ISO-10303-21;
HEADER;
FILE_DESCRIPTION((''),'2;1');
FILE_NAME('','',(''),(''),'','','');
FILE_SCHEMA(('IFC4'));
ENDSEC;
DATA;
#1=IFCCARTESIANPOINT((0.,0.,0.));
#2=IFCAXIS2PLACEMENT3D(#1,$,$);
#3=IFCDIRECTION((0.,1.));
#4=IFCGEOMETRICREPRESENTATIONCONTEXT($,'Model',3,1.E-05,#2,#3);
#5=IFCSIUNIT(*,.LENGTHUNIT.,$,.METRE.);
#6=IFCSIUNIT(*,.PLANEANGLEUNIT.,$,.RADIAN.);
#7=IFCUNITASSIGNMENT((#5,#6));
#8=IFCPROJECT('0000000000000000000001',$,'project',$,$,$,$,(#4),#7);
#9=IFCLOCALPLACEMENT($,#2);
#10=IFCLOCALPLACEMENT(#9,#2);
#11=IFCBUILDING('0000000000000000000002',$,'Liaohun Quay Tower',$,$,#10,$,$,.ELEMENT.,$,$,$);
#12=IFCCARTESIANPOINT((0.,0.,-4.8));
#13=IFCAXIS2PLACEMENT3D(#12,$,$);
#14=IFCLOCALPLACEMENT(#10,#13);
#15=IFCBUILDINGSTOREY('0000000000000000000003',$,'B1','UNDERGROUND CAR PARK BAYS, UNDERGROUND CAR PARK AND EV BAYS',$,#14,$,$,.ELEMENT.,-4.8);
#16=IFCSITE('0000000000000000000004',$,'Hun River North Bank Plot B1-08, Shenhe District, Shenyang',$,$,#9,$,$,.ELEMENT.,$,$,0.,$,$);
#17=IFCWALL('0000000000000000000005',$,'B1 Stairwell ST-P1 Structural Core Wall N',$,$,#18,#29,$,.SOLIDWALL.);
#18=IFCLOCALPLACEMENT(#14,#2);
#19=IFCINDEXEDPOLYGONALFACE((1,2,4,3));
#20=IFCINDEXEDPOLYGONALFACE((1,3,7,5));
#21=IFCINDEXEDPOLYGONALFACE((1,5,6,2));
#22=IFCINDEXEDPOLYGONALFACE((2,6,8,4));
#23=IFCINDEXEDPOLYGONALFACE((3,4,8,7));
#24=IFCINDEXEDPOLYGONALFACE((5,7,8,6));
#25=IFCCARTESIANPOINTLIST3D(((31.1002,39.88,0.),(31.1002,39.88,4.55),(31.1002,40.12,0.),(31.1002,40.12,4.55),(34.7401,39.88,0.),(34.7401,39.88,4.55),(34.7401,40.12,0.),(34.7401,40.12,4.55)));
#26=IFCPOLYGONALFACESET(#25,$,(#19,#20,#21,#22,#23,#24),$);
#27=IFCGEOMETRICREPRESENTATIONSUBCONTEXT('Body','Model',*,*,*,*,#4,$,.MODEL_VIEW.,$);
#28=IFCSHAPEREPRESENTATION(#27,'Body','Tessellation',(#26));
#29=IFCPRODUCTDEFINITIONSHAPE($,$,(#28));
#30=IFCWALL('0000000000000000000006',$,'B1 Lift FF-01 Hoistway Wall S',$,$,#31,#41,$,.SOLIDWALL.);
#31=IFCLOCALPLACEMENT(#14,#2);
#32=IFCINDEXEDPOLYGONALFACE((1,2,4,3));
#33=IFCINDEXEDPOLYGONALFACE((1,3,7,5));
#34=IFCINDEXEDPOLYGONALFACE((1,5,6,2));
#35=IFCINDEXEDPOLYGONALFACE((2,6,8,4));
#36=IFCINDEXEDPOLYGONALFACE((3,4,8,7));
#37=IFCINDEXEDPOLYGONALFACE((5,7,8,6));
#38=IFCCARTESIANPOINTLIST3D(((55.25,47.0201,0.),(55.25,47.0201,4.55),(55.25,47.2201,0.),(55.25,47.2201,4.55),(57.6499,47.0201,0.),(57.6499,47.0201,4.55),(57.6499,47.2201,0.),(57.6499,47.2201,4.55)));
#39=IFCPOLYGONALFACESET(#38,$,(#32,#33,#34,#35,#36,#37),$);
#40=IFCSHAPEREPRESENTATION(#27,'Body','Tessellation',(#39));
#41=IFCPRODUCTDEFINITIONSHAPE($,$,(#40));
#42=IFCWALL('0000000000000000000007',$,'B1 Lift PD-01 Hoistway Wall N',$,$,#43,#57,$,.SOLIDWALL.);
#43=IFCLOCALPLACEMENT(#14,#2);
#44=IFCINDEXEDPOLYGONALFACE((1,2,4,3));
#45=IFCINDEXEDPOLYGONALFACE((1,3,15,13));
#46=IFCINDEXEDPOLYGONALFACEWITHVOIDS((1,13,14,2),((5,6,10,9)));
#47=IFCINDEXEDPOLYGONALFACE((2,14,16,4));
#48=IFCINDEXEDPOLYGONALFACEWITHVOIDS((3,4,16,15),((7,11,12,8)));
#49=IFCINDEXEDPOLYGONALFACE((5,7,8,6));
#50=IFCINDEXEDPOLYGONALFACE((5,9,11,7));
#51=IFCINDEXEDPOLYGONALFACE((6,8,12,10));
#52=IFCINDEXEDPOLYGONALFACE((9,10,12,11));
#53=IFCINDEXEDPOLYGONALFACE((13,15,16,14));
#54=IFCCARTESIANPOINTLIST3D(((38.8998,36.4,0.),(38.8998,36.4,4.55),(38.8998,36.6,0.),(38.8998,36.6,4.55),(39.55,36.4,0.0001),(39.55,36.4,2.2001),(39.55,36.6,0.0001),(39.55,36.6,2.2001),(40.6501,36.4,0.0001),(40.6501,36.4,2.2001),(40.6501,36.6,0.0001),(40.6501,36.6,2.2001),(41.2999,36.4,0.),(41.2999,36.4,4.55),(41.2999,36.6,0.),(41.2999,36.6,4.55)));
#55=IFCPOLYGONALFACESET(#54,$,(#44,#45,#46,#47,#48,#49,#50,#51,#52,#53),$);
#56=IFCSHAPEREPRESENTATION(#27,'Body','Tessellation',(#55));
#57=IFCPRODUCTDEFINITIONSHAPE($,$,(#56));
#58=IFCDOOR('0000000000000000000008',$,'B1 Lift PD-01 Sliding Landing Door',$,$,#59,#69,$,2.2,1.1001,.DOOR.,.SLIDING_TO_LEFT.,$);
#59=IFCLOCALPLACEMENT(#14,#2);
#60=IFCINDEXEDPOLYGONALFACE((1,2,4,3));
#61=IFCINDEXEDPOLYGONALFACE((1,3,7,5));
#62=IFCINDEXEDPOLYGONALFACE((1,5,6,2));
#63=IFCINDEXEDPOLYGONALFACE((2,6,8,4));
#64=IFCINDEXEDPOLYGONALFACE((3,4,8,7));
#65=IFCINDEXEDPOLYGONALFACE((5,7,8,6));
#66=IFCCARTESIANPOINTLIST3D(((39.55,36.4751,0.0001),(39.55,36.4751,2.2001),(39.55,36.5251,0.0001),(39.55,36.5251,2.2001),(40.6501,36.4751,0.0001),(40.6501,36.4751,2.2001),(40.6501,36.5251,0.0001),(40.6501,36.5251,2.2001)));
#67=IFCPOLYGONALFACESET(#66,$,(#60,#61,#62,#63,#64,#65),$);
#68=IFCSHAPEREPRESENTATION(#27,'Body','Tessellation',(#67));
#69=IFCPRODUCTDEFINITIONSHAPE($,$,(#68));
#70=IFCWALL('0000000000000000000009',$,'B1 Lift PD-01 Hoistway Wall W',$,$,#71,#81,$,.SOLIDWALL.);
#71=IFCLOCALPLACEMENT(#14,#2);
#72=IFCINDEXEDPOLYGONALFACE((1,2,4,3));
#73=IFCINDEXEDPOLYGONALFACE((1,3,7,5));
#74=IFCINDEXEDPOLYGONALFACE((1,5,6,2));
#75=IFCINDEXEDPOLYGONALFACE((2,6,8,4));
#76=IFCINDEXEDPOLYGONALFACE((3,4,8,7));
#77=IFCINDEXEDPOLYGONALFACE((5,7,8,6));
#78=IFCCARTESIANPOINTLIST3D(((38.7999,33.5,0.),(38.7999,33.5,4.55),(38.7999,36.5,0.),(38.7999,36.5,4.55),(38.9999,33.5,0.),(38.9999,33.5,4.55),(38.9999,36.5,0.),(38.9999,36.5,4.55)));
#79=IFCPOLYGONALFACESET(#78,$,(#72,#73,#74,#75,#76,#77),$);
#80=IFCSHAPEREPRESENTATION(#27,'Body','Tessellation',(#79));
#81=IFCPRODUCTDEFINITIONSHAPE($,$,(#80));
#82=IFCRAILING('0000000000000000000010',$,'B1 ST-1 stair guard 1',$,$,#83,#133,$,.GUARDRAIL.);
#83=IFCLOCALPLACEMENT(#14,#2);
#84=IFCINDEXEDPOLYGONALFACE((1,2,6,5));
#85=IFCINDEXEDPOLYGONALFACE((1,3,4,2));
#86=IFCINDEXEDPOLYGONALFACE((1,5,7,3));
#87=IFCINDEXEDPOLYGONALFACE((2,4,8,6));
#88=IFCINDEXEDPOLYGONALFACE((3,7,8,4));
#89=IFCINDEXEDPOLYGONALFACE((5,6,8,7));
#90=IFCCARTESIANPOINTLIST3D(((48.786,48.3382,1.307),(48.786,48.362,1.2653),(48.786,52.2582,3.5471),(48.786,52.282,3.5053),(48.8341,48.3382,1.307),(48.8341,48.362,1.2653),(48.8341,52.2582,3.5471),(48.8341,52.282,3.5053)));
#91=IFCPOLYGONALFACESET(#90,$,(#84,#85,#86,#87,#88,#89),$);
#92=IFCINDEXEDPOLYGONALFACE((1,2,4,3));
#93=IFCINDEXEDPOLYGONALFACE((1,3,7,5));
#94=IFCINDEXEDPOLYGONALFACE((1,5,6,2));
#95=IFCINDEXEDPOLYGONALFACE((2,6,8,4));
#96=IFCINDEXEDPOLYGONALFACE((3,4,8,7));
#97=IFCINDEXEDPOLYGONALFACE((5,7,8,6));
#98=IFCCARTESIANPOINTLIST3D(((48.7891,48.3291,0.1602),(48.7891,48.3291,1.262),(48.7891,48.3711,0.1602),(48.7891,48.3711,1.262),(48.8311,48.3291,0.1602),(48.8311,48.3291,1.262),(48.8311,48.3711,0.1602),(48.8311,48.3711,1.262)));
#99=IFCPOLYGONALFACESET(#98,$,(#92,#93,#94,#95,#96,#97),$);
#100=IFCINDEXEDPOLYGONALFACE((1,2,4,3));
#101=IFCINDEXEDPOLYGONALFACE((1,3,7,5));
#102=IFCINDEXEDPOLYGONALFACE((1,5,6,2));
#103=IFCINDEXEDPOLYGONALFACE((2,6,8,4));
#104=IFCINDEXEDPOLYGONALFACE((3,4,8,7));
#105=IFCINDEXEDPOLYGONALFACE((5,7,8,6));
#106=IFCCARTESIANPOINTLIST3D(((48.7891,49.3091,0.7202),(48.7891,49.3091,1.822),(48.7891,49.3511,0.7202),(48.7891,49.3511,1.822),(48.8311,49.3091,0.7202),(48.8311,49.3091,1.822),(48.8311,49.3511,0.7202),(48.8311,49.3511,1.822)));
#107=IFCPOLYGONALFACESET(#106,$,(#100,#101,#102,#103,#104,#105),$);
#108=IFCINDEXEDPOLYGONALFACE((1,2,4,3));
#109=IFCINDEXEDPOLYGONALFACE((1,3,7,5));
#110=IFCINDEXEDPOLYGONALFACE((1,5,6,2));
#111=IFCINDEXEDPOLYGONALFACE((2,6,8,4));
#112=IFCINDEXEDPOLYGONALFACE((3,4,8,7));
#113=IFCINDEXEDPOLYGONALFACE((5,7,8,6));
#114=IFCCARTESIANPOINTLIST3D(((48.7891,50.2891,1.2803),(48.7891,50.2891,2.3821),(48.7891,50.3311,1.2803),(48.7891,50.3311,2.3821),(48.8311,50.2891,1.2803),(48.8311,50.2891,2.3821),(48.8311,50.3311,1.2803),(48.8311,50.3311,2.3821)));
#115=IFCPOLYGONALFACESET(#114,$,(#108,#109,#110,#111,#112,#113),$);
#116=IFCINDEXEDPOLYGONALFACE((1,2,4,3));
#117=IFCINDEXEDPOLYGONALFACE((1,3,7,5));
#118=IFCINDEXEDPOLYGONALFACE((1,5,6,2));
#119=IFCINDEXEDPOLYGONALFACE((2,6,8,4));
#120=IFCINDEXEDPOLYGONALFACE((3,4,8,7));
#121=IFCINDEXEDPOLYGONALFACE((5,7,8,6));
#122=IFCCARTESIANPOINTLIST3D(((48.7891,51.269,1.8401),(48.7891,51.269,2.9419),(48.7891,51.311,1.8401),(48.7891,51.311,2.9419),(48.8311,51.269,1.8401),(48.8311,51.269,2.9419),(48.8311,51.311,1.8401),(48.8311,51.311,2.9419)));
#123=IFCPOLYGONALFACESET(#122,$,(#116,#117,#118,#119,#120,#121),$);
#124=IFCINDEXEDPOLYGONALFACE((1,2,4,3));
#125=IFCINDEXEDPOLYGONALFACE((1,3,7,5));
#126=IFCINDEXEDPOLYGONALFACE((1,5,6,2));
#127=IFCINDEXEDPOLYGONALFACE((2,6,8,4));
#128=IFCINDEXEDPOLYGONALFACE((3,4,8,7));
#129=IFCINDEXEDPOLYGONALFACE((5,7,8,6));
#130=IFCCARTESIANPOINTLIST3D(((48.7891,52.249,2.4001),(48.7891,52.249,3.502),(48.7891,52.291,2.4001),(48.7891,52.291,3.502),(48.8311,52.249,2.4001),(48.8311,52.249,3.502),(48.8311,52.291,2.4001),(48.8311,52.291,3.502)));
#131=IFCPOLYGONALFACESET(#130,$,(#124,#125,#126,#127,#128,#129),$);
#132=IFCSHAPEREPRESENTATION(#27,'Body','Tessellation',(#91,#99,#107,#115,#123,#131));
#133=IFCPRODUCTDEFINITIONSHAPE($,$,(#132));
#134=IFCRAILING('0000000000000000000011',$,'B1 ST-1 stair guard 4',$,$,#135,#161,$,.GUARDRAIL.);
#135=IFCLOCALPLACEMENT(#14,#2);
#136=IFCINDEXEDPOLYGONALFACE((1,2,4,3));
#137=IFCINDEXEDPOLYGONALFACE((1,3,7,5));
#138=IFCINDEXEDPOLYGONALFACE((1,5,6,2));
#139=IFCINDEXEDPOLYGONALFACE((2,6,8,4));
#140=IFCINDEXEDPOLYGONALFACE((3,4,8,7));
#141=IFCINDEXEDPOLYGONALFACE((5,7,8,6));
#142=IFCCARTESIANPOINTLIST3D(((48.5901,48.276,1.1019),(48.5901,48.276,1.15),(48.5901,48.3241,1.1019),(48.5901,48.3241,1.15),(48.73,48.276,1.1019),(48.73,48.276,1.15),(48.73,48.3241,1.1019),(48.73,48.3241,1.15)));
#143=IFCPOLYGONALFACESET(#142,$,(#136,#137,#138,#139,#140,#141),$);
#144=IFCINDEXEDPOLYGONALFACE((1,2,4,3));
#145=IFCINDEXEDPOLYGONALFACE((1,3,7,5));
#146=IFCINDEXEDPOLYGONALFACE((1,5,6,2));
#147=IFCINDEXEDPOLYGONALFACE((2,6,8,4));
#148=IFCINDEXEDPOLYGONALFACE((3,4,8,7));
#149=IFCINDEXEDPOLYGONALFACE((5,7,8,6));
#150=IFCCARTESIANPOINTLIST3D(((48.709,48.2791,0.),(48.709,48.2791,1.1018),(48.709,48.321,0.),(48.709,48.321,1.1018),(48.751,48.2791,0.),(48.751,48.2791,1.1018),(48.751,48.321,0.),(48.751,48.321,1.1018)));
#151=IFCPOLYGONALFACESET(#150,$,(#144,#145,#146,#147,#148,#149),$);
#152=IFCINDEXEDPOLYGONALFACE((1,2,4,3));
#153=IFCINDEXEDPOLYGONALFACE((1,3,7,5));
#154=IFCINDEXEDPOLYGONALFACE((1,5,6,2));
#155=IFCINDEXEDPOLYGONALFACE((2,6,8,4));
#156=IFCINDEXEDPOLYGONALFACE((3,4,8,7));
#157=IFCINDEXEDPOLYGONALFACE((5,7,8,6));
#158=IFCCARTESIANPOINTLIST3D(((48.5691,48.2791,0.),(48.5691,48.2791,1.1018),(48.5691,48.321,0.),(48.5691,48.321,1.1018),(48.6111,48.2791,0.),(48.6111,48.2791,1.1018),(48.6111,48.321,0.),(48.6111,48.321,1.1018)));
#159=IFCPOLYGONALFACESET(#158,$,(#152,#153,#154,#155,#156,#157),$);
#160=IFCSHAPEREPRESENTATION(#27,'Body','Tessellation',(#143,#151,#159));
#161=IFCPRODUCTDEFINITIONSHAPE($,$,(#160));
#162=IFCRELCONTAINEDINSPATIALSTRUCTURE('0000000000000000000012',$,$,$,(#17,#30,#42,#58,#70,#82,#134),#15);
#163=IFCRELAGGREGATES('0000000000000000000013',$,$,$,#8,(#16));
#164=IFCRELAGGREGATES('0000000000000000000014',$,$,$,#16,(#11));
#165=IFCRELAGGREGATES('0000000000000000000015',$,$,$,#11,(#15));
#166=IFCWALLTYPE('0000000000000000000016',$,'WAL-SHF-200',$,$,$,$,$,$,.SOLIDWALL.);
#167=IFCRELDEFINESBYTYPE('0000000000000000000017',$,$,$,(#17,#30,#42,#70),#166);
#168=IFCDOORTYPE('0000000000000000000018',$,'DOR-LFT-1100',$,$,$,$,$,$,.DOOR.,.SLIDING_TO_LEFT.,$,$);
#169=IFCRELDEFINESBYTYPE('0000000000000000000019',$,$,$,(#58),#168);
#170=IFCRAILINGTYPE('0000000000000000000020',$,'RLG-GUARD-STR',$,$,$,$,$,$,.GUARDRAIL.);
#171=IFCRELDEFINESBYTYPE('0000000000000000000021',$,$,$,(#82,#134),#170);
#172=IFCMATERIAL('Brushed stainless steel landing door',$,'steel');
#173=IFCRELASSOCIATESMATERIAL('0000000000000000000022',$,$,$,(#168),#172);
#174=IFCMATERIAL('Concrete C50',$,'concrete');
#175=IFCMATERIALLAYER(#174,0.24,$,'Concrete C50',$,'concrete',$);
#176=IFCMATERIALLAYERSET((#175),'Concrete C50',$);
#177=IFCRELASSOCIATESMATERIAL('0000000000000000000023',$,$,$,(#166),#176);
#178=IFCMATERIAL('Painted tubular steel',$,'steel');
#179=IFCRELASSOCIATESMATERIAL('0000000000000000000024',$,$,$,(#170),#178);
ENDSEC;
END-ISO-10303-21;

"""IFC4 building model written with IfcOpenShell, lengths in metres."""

from ifc_helpers import new_model, si_unit, direction, frame, frame_2d, origin, origin_2d, place, context, subcontext, project, spatial, rectangle, extrude, source, transform, mapped, material, layer, layer_set, type_object, element, fill, save


model = new_model("IFC4")

# Units and contexts
model_context = context("Model", 3, precision=1e-05, world=origin(), true_north=direction((0.0, 1.0)))
body_context = subcontext(model_context, "Body", "Model", "MODEL_VIEW")
ifc_project = project(units=[si_unit("LENGTHUNIT", "METRE"), si_unit("PLANEANGLEUNIT", "RADIAN")], contexts=[model_context])

# Site, building, storey
site_placement = place(None, origin())
site = spatial("IfcSite", under=ifc_project, at=site_placement, Name="Hun River North Bank Plot B1-08, Shenhe District, Shenyang", CompositionType="ELEMENT", RefElevation=0.0)
building_placement = place(site_placement, origin())
building = spatial("IfcBuilding", under=site, at=building_placement, Name="Liaohun Quay Tower", CompositionType="ELEMENT")
storey_placement = place(building_placement, frame((0.0, 0.0, -4.8)))
storey = spatial("IfcBuildingStorey", under=building, at=storey_placement, Name="B1", Description="UNDERGROUND CAR PARK BAYS, UNDERGROUND CAR PARK AND EV BAYS", CompositionType="ELEMENT", Elevation=-4.8)

# Shared definitions
ifc_material_1 = material(Name="Concrete C50", Category="concrete")

# Shared definitions
ifc_material_2 = material(Name="Brushed stainless steel landing door", Category="steel")
door_type_1 = type_object("IfcDoorType", Name="DOR-LFT-1100", OperationType="SLIDING_TO_LEFT", PredefinedType="DOOR", material=ifc_material_2)
shared_shape_1 = source(origin(), body_context, "Body", "SweptSolid", [
    extrude(rectangle(XDim=1.1001, YDim=2.2, at=frame_2d((0.55, 1.1001))), frame((0.0, 0.0249, 0.0), z_axis=(0.0, -1.0, 0.0), x_axis=(1.0, 0.0, 0.0)), (0.0, 0.0, 1.0), 0.05),
])

# Walls
ifc_layer_1 = layer(ifc_material_1, 0.24, Name="Concrete C50", Category="concrete")
ifc_layer_set_1 = layer_set([ifc_layer_1], Name="Concrete C50")
wall_type_1 = type_object("IfcWallType", Name="WAL-SHF-200", PredefinedType="SOLIDWALL", material=ifc_layer_set_1)
wall_1_placement = place(storey_placement, frame((34.74, 40.0, 0.0), z_axis=(0.0, 0.0, 1.0), x_axis=(-1.0, 0.0, 0.0)))
element("IfcWall", 1, at=wall_1_placement, inside=storey, type_object=wall_type_1, Name="B1 Stairwell ST-P1 Structural Core Wall N", PredefinedType="SOLIDWALL", context=body_context, shape_type="SweptSolid", body=[
    extrude(rectangle(XDim=3.6399, YDim=0.24, at=frame_2d((1.8198, 0.0))), origin(), (0.0, 0.0, 1.0), 4.55),
])
wall_2_placement = place(storey_placement, frame((55.25, 47.1201, 0.0), z_axis=(0.0, 0.0, 1.0), x_axis=(1.0, 0.0, 0.0)))
element("IfcWall", 2, at=wall_2_placement, inside=storey, type_object=wall_type_1, Name="B1 Lift FF-01 Hoistway Wall S", PredefinedType="SOLIDWALL", context=body_context, shape_type="SweptSolid", body=[
    extrude(rectangle(XDim=2.3999, YDim=0.2, at=frame_2d((1.2, 0.0))), origin(), (0.0, 0.0, 1.0), 4.55),
])

# Wall, opening, door
wall_3_placement = place(storey_placement, frame((41.3, 36.5, 0.0), z_axis=(0.0, 0.0, 1.0), x_axis=(-1.0, 0.0, 0.0)))
wall_3 = element("IfcWall", 3, at=wall_3_placement, inside=storey, type_object=wall_type_1, Name="B1 Lift PD-01 Hoistway Wall N", PredefinedType="SOLIDWALL", context=body_context, shape_type="SweptSolid", body=[
    extrude(rectangle(XDim=2.4001, YDim=0.2, at=frame_2d((1.2002, 0.0))), origin(), (0.0, 0.0, 1.0), 4.55),
])
shared_shape_2 = source(origin(), body_context, "Body", "SweptSolid", [
    extrude(rectangle(XDim=1.1001, YDim=2.2, at=frame_2d((0.55, 1.1001))), frame((0.0, 0.1099, 0.0), z_axis=(0.0, -1.0, 0.0), x_axis=(1.0, 0.0, 0.0)), (0.0, 0.0, 1.0), 0.22),
])
opening_1_placement = place(wall_3_placement, frame((0.6499, 0.0, 0.0)))
opening_1 = element("IfcOpeningElement", 4, at=opening_1_placement, cuts=wall_3, PredefinedType="OPENING", context=body_context, shape_type="MappedRepresentation", body=[
    mapped(shared_shape_2, transform((0.0, 0.0, 0.0), x_axis=(1.0, 0.0, 0.0), y_axis=(0.0, 1.0, 0.0), z_axis=(0.0, 0.0, 1.0), scale=1.0)),
])
door_1_placement = place(opening_1_placement, origin())
door_1 = element("IfcDoor", 5, at=door_1_placement, inside=storey, type_object=door_type_1, Name="B1 Lift PD-01 Sliding Landing Door", OperationType="SLIDING_TO_LEFT", OverallHeight=2.2, OverallWidth=1.1001, PredefinedType="DOOR", context=body_context, shape_type="MappedRepresentation", body=[
    mapped(shared_shape_1, transform((0.0, 0.0, 0.0), x_axis=(1.0, 0.0, 0.0), y_axis=(0.0, 1.0, 0.0), z_axis=(0.0, 0.0, 1.0), scale=1.0)),
])
fill(opening_1, door_1)

# Wall
wall_4_placement = place(storey_placement, frame((38.8999, 36.5, 0.0), z_axis=(0.0, 0.0, 1.0), x_axis=(0.0, -1.0, 0.0)))
element("IfcWall", 6, at=wall_4_placement, inside=storey, type_object=wall_type_1, Name="B1 Lift PD-01 Hoistway Wall W", PredefinedType="SOLIDWALL", context=body_context, shape_type="SweptSolid", body=[
    extrude(rectangle(XDim=3.0, YDim=0.2, at=frame_2d((1.5, 0.0))), origin(), (0.0, 0.0, 1.0), 4.55),
])

# Railings
ifc_material_3 = material(Name="Painted tubular steel", Category="steel")
railing_type_1 = type_object("IfcRailingType", Name="RLG-GUARD-STR", PredefinedType="GUARDRAIL", material=ifc_material_3)
railing_1_placement = place(storey_placement, frame((48.8101, 48.3501, 0.1602)))
element("IfcRailing", 7, at=railing_1_placement, inside=storey, type_object=railing_type_1, Name="B1 ST-1 stair guard 1", PredefinedType="GUARDRAIL", context=body_context, shape_type="SweptSolid", body=[
    extrude(rectangle(XDim=0.0481, YDim=0.0481, at=origin_2d()), frame((0.0, 0.0, 1.126), z_axis=(0.0, 0.86824, 0.496145), x_axis=(-1.0, 0.0, 0.0)), (0.0, 0.0, 1.0), 4.5149),
    extrude(rectangle(XDim=0.042, YDim=0.042, at=origin_2d()), origin(), (0.0, 0.0, 1.0), 1.1018),
    extrude(rectangle(XDim=0.042, YDim=0.042, at=origin_2d()), frame((0.0, 0.98, 0.5601)), (0.0, 0.0, 1.0), 1.1018),
    extrude(rectangle(XDim=0.042, YDim=0.042, at=origin_2d()), frame((0.0, 1.96, 1.1201)), (0.0, 0.0, 1.0), 1.1018),
    extrude(rectangle(XDim=0.042, YDim=0.042, at=origin_2d()), frame((0.0, 2.9399, 1.6799)), (0.0, 0.0, 1.0), 1.1018),
    extrude(rectangle(XDim=0.042, YDim=0.042, at=origin_2d()), frame((0.0, 3.9199, 2.24)), (0.0, 0.0, 1.0), 1.1018),
])
railing_2_placement = place(storey_placement, frame((48.73, 48.3, 0.0)))
element("IfcRailing", 8, at=railing_2_placement, inside=storey, type_object=railing_type_1, Name="B1 ST-1 stair guard 4", PredefinedType="GUARDRAIL", context=body_context, shape_type="SweptSolid", body=[
    extrude(rectangle(XDim=0.0481, YDim=0.0481, at=origin_2d()), frame((0.0, 0.0, 1.126), z_axis=(-1.0, 0.0, 0.0), x_axis=(0.0, -1.0, 0.0)), (0.0, 0.0, 1.0), 0.1399),
    extrude(rectangle(XDim=0.042, YDim=0.042, at=origin_2d()), origin(), (0.0, 0.0, 1.0), 1.1018),
    extrude(rectangle(XDim=0.042, YDim=0.042, at=origin_2d()), frame((-0.1399, 0.0, 0.0)), (0.0, 0.0, 1.0), 1.1018),
])

save(model, "model.ifc")
